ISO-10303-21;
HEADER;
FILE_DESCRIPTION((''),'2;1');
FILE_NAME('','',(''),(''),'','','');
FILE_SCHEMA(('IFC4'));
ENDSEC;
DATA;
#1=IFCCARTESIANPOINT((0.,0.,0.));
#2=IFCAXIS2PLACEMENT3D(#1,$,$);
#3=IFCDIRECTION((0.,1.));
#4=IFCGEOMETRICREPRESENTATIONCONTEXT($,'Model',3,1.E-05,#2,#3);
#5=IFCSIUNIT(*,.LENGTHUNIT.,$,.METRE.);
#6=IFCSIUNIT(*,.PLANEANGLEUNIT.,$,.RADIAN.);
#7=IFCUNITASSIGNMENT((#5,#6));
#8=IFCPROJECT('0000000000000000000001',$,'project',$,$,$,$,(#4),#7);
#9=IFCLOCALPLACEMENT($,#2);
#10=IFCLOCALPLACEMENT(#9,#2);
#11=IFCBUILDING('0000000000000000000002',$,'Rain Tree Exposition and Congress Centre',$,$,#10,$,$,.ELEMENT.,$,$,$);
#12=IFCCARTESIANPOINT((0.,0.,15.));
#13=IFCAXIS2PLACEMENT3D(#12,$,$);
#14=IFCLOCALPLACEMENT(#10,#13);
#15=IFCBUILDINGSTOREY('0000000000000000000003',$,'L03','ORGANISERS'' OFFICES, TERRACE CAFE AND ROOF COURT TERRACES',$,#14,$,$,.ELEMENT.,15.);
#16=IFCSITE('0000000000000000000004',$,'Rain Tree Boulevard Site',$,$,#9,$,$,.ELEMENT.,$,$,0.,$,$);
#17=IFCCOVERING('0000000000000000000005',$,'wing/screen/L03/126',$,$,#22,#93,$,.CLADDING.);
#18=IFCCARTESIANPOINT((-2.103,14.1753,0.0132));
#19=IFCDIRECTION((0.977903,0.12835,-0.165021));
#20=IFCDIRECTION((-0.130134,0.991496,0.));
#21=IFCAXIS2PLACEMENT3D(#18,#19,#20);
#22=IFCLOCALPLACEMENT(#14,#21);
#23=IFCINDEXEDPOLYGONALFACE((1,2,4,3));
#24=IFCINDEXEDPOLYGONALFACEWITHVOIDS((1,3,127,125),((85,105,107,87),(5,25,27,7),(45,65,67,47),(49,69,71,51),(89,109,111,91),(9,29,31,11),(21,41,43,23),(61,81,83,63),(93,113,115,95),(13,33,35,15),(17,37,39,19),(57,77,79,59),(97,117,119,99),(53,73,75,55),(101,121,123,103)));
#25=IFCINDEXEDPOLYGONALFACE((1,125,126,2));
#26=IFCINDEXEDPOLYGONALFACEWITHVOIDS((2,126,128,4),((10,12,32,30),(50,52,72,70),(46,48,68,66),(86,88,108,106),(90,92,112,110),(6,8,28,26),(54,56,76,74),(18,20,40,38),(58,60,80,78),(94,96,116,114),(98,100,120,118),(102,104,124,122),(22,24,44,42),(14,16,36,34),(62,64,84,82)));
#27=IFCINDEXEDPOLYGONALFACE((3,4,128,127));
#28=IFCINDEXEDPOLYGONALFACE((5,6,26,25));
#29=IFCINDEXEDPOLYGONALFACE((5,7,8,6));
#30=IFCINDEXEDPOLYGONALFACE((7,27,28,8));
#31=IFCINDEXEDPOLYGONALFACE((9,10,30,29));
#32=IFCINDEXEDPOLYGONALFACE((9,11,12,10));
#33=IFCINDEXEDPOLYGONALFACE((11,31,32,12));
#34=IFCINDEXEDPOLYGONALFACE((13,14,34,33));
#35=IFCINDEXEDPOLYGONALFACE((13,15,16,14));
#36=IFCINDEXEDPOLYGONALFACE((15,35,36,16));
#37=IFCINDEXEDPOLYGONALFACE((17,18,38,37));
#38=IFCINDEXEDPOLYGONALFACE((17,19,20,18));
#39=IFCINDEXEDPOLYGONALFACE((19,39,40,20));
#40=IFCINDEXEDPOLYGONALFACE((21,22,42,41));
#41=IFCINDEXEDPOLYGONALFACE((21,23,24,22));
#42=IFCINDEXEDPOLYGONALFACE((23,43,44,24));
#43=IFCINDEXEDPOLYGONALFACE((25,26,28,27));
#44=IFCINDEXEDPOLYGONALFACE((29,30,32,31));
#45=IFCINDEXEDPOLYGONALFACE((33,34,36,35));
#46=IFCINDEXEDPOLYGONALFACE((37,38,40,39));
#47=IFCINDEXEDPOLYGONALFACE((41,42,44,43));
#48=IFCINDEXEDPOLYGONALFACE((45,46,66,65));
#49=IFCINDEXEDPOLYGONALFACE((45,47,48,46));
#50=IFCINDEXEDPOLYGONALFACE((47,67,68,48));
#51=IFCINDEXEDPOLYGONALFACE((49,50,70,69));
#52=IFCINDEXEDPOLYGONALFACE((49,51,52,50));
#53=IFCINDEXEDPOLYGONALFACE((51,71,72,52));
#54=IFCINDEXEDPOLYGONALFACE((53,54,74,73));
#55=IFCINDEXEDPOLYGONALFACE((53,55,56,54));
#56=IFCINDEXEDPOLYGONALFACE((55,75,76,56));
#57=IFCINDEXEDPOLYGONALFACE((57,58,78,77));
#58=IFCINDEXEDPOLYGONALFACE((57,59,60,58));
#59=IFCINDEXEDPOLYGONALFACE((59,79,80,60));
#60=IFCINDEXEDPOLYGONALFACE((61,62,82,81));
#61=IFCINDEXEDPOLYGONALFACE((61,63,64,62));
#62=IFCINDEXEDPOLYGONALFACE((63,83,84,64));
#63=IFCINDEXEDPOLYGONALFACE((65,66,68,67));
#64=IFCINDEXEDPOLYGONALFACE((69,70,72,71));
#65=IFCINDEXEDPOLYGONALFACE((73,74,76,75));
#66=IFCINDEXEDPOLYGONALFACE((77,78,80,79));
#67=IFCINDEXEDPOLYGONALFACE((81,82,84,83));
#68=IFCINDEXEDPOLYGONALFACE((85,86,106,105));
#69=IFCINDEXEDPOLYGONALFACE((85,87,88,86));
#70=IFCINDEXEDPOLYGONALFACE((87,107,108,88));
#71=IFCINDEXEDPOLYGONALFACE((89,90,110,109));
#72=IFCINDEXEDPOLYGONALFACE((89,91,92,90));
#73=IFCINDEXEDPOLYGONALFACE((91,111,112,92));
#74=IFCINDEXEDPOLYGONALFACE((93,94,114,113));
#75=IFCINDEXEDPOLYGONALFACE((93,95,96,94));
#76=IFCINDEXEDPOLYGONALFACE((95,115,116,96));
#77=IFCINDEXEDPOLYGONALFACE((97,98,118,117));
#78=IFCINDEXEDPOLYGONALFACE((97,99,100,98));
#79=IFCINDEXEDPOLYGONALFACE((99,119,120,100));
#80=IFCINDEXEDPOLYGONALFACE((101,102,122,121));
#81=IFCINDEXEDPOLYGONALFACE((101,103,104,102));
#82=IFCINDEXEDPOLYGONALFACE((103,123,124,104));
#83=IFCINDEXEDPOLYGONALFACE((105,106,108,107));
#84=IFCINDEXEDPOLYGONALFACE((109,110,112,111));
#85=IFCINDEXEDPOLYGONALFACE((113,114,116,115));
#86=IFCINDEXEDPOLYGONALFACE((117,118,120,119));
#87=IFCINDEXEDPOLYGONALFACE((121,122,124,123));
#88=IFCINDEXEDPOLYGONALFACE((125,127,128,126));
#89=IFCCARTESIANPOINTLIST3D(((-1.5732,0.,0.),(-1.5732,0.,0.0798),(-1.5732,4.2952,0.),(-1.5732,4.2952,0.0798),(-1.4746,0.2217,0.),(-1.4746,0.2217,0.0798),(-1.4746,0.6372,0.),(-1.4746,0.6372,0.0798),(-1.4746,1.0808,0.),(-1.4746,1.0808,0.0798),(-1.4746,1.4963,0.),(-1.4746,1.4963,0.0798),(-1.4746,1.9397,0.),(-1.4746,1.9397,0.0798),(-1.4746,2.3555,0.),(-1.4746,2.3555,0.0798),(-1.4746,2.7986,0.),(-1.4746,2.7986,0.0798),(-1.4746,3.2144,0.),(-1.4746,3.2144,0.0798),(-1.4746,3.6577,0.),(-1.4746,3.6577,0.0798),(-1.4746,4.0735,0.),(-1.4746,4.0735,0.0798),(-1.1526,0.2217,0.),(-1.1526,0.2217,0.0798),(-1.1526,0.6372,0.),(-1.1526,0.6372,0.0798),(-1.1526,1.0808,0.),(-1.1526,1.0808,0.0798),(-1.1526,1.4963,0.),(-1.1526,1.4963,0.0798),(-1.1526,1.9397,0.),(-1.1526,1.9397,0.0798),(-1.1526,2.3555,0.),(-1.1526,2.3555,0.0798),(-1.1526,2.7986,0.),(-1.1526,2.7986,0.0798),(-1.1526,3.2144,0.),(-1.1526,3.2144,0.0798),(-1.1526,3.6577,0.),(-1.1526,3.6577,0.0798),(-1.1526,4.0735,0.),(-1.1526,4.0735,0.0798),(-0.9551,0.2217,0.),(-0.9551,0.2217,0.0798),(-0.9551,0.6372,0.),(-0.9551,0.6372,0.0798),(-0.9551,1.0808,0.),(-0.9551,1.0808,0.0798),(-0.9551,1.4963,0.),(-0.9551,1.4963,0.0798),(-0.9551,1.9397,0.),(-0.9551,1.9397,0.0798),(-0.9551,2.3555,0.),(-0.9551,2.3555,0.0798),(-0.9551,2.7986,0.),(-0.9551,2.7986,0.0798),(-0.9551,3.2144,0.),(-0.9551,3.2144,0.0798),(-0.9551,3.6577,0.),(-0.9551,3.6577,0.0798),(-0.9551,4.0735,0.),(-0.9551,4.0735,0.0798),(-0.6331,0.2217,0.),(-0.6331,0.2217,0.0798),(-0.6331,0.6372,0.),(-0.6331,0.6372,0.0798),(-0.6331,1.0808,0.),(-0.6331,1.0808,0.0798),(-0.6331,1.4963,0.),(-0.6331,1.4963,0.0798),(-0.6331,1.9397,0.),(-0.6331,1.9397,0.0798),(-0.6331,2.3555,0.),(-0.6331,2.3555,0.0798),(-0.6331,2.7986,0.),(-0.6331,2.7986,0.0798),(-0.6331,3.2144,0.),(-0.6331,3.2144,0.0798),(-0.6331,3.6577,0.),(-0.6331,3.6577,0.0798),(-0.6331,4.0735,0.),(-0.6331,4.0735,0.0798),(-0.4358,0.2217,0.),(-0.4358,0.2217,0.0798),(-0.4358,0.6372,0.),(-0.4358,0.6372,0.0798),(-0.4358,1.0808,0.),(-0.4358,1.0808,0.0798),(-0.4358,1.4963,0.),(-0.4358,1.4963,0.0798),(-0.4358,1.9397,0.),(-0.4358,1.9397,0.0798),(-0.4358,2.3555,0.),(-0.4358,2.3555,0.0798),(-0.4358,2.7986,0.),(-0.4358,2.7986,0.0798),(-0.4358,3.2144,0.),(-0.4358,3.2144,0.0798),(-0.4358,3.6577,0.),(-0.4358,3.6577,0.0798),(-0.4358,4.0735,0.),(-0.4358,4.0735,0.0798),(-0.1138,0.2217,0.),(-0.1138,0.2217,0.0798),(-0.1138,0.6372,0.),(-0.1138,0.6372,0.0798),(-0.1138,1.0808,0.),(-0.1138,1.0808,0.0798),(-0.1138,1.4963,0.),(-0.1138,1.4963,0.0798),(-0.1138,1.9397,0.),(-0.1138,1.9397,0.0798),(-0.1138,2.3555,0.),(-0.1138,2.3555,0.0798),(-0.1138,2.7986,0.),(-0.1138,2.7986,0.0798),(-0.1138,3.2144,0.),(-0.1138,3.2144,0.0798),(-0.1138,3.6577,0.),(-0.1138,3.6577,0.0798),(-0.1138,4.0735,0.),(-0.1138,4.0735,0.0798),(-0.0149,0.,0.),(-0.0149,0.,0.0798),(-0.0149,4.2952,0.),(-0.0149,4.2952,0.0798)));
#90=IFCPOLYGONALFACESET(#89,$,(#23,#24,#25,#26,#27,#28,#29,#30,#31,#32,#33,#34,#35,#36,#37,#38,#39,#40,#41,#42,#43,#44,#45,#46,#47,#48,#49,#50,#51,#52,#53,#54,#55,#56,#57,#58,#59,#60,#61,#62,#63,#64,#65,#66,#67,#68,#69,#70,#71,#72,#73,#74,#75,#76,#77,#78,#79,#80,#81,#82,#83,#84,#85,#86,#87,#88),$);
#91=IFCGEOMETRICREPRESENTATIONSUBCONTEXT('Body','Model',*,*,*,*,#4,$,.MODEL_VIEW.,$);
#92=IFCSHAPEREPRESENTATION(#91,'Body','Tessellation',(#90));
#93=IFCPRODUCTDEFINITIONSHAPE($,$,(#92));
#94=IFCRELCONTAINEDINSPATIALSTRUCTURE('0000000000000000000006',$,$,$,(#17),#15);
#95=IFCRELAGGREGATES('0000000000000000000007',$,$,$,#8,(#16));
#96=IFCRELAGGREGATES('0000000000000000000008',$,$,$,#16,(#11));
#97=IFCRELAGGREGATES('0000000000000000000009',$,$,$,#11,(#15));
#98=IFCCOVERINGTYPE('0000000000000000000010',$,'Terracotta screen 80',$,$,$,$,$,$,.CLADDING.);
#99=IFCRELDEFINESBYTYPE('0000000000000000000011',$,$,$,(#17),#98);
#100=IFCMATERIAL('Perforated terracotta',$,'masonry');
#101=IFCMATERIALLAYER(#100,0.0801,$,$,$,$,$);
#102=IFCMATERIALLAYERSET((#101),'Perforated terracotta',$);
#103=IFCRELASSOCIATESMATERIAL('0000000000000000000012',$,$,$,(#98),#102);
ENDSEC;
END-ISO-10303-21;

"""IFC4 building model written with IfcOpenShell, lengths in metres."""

from ifc_helpers import new_model, si_unit, direction, frame, origin, place, context, subcontext, project, spatial, polyline, outline, extrude, material, layer, layer_set, type_object, element, save


model = new_model("IFC4")

# Units and contexts
model_context = context("Model", 3, precision=1e-05, world=origin(), true_north=direction((0.0, 1.0)))
body_context = subcontext(model_context, "Body", "Model", "MODEL_VIEW")
ifc_project = project(units=[si_unit("LENGTHUNIT", "METRE"), si_unit("PLANEANGLEUNIT", "RADIAN")], contexts=[model_context])

# Site, building, storey
site_placement = place(None, origin())
site = spatial("IfcSite", under=ifc_project, at=site_placement, Name="Rain Tree Boulevard Site", CompositionType="ELEMENT", RefElevation=0.0)
building_placement = place(site_placement, origin())
building = spatial("IfcBuilding", under=site, at=building_placement, Name="Rain Tree Exposition and Congress Centre", CompositionType="ELEMENT")
storey_placement = place(building_placement, frame((0.0, 0.0, 15.0)))
storey = spatial("IfcBuildingStorey", under=building, at=storey_placement, Name="L03", Description="ORGANISERS' OFFICES, TERRACE CAFE AND ROOF COURT TERRACES", CompositionType="ELEMENT", Elevation=15.0)

# Covering
ifc_material_1 = material(Name="Perforated terracotta", Category="masonry")
ifc_layer_1 = layer(ifc_material_1, 0.0801)
ifc_layer_set_1 = layer_set([ifc_layer_1], Name="Perforated terracotta")
covering_type = type_object("IfcCoveringType", Name="Terracotta screen 80", PredefinedType="CLADDING", material=ifc_layer_set_1)
covering_1_placement = place(storey_placement, frame((-2.103, 14.1753, 0.0132), z_axis=(0.977903, 0.12835, -0.165021), x_axis=(-0.130134, 0.991496, 0.0)))
element("IfcCovering", 1, at=covering_1_placement, inside=storey, type_object=covering_type, Name="wing/screen/L03/126", PredefinedType="CLADDING", context=body_context, shape_type="SweptSolid", body=[
    extrude(outline(polyline([(-1.5732, 0.0), (-1.5732, 4.2952), (-0.0149, 4.2952), (-0.0149, 0.0), (-1.5732, 0.0)]), holes=[polyline([(-0.1138, 0.2217), (-0.1138, 0.6372), (-0.4358, 0.6372), (-0.4358, 0.2217), (-0.1138, 0.2217)]), polyline([(-0.1138, 1.0808), (-0.1138, 1.4963), (-0.4358, 1.4963), (-0.4358, 1.0808), (-0.1138, 1.0808)]), polyline([(-0.1138, 1.9397), (-0.1138, 2.3555), (-0.4358, 2.3555), (-0.4358, 1.9397), (-0.1138, 1.9397)]), polyline([(-0.1138, 2.7986), (-0.1138, 3.2144), (-0.4358, 3.2144), (-0.4358, 2.7986), (-0.1138, 2.7986)]), polyline([(-0.1138, 3.6577), (-0.1138, 4.0735), (-0.4358, 4.0735), (-0.4358, 3.6577), (-0.1138, 3.6577)]), polyline([(-0.6331, 0.2217), (-0.6331, 0.6372), (-0.9551, 0.6372), (-0.9551, 0.2217), (-0.6331, 0.2217)]), polyline([(-0.6331, 1.0808), (-0.6331, 1.4963), (-0.9551, 1.4963), (-0.9551, 1.0808), (-0.6331, 1.0808)]), polyline([(-0.6331, 1.9397), (-0.6331, 2.3555), (-0.9551, 2.3555), (-0.9551, 1.9397), (-0.6331, 1.9397)]), polyline([(-0.6331, 2.7986), (-0.6331, 3.2144), (-0.9551, 3.2144), (-0.9551, 2.7986), (-0.6331, 2.7986)]), polyline([(-0.6331, 3.6577), (-0.6331, 4.0735), (-0.9551, 4.0735), (-0.9551, 3.6577), (-0.6331, 3.6577)]), polyline([(-1.1526, 0.2217), (-1.1526, 0.6372), (-1.4746, 0.6372), (-1.4746, 0.2217), (-1.1526, 0.2217)]), polyline([(-1.1526, 1.0808), (-1.1526, 1.4963), (-1.4746, 1.4963), (-1.4746, 1.0808), (-1.1526, 1.0808)]), polyline([(-1.1526, 1.9397), (-1.1526, 2.3555), (-1.4746, 2.3555), (-1.4746, 1.9397), (-1.1526, 1.9397)]), polyline([(-1.1526, 2.7986), (-1.1526, 3.2144), (-1.4746, 3.2144), (-1.4746, 2.7986), (-1.1526, 2.7986)]), polyline([(-1.1526, 3.6577), (-1.1526, 4.0735), (-1.4746, 4.0735), (-1.4746, 3.6577), (-1.1526, 3.6577)])]), origin(), (0.0, 0.0, 1.0), 0.0798),
])

save(model, "model.ifc")
